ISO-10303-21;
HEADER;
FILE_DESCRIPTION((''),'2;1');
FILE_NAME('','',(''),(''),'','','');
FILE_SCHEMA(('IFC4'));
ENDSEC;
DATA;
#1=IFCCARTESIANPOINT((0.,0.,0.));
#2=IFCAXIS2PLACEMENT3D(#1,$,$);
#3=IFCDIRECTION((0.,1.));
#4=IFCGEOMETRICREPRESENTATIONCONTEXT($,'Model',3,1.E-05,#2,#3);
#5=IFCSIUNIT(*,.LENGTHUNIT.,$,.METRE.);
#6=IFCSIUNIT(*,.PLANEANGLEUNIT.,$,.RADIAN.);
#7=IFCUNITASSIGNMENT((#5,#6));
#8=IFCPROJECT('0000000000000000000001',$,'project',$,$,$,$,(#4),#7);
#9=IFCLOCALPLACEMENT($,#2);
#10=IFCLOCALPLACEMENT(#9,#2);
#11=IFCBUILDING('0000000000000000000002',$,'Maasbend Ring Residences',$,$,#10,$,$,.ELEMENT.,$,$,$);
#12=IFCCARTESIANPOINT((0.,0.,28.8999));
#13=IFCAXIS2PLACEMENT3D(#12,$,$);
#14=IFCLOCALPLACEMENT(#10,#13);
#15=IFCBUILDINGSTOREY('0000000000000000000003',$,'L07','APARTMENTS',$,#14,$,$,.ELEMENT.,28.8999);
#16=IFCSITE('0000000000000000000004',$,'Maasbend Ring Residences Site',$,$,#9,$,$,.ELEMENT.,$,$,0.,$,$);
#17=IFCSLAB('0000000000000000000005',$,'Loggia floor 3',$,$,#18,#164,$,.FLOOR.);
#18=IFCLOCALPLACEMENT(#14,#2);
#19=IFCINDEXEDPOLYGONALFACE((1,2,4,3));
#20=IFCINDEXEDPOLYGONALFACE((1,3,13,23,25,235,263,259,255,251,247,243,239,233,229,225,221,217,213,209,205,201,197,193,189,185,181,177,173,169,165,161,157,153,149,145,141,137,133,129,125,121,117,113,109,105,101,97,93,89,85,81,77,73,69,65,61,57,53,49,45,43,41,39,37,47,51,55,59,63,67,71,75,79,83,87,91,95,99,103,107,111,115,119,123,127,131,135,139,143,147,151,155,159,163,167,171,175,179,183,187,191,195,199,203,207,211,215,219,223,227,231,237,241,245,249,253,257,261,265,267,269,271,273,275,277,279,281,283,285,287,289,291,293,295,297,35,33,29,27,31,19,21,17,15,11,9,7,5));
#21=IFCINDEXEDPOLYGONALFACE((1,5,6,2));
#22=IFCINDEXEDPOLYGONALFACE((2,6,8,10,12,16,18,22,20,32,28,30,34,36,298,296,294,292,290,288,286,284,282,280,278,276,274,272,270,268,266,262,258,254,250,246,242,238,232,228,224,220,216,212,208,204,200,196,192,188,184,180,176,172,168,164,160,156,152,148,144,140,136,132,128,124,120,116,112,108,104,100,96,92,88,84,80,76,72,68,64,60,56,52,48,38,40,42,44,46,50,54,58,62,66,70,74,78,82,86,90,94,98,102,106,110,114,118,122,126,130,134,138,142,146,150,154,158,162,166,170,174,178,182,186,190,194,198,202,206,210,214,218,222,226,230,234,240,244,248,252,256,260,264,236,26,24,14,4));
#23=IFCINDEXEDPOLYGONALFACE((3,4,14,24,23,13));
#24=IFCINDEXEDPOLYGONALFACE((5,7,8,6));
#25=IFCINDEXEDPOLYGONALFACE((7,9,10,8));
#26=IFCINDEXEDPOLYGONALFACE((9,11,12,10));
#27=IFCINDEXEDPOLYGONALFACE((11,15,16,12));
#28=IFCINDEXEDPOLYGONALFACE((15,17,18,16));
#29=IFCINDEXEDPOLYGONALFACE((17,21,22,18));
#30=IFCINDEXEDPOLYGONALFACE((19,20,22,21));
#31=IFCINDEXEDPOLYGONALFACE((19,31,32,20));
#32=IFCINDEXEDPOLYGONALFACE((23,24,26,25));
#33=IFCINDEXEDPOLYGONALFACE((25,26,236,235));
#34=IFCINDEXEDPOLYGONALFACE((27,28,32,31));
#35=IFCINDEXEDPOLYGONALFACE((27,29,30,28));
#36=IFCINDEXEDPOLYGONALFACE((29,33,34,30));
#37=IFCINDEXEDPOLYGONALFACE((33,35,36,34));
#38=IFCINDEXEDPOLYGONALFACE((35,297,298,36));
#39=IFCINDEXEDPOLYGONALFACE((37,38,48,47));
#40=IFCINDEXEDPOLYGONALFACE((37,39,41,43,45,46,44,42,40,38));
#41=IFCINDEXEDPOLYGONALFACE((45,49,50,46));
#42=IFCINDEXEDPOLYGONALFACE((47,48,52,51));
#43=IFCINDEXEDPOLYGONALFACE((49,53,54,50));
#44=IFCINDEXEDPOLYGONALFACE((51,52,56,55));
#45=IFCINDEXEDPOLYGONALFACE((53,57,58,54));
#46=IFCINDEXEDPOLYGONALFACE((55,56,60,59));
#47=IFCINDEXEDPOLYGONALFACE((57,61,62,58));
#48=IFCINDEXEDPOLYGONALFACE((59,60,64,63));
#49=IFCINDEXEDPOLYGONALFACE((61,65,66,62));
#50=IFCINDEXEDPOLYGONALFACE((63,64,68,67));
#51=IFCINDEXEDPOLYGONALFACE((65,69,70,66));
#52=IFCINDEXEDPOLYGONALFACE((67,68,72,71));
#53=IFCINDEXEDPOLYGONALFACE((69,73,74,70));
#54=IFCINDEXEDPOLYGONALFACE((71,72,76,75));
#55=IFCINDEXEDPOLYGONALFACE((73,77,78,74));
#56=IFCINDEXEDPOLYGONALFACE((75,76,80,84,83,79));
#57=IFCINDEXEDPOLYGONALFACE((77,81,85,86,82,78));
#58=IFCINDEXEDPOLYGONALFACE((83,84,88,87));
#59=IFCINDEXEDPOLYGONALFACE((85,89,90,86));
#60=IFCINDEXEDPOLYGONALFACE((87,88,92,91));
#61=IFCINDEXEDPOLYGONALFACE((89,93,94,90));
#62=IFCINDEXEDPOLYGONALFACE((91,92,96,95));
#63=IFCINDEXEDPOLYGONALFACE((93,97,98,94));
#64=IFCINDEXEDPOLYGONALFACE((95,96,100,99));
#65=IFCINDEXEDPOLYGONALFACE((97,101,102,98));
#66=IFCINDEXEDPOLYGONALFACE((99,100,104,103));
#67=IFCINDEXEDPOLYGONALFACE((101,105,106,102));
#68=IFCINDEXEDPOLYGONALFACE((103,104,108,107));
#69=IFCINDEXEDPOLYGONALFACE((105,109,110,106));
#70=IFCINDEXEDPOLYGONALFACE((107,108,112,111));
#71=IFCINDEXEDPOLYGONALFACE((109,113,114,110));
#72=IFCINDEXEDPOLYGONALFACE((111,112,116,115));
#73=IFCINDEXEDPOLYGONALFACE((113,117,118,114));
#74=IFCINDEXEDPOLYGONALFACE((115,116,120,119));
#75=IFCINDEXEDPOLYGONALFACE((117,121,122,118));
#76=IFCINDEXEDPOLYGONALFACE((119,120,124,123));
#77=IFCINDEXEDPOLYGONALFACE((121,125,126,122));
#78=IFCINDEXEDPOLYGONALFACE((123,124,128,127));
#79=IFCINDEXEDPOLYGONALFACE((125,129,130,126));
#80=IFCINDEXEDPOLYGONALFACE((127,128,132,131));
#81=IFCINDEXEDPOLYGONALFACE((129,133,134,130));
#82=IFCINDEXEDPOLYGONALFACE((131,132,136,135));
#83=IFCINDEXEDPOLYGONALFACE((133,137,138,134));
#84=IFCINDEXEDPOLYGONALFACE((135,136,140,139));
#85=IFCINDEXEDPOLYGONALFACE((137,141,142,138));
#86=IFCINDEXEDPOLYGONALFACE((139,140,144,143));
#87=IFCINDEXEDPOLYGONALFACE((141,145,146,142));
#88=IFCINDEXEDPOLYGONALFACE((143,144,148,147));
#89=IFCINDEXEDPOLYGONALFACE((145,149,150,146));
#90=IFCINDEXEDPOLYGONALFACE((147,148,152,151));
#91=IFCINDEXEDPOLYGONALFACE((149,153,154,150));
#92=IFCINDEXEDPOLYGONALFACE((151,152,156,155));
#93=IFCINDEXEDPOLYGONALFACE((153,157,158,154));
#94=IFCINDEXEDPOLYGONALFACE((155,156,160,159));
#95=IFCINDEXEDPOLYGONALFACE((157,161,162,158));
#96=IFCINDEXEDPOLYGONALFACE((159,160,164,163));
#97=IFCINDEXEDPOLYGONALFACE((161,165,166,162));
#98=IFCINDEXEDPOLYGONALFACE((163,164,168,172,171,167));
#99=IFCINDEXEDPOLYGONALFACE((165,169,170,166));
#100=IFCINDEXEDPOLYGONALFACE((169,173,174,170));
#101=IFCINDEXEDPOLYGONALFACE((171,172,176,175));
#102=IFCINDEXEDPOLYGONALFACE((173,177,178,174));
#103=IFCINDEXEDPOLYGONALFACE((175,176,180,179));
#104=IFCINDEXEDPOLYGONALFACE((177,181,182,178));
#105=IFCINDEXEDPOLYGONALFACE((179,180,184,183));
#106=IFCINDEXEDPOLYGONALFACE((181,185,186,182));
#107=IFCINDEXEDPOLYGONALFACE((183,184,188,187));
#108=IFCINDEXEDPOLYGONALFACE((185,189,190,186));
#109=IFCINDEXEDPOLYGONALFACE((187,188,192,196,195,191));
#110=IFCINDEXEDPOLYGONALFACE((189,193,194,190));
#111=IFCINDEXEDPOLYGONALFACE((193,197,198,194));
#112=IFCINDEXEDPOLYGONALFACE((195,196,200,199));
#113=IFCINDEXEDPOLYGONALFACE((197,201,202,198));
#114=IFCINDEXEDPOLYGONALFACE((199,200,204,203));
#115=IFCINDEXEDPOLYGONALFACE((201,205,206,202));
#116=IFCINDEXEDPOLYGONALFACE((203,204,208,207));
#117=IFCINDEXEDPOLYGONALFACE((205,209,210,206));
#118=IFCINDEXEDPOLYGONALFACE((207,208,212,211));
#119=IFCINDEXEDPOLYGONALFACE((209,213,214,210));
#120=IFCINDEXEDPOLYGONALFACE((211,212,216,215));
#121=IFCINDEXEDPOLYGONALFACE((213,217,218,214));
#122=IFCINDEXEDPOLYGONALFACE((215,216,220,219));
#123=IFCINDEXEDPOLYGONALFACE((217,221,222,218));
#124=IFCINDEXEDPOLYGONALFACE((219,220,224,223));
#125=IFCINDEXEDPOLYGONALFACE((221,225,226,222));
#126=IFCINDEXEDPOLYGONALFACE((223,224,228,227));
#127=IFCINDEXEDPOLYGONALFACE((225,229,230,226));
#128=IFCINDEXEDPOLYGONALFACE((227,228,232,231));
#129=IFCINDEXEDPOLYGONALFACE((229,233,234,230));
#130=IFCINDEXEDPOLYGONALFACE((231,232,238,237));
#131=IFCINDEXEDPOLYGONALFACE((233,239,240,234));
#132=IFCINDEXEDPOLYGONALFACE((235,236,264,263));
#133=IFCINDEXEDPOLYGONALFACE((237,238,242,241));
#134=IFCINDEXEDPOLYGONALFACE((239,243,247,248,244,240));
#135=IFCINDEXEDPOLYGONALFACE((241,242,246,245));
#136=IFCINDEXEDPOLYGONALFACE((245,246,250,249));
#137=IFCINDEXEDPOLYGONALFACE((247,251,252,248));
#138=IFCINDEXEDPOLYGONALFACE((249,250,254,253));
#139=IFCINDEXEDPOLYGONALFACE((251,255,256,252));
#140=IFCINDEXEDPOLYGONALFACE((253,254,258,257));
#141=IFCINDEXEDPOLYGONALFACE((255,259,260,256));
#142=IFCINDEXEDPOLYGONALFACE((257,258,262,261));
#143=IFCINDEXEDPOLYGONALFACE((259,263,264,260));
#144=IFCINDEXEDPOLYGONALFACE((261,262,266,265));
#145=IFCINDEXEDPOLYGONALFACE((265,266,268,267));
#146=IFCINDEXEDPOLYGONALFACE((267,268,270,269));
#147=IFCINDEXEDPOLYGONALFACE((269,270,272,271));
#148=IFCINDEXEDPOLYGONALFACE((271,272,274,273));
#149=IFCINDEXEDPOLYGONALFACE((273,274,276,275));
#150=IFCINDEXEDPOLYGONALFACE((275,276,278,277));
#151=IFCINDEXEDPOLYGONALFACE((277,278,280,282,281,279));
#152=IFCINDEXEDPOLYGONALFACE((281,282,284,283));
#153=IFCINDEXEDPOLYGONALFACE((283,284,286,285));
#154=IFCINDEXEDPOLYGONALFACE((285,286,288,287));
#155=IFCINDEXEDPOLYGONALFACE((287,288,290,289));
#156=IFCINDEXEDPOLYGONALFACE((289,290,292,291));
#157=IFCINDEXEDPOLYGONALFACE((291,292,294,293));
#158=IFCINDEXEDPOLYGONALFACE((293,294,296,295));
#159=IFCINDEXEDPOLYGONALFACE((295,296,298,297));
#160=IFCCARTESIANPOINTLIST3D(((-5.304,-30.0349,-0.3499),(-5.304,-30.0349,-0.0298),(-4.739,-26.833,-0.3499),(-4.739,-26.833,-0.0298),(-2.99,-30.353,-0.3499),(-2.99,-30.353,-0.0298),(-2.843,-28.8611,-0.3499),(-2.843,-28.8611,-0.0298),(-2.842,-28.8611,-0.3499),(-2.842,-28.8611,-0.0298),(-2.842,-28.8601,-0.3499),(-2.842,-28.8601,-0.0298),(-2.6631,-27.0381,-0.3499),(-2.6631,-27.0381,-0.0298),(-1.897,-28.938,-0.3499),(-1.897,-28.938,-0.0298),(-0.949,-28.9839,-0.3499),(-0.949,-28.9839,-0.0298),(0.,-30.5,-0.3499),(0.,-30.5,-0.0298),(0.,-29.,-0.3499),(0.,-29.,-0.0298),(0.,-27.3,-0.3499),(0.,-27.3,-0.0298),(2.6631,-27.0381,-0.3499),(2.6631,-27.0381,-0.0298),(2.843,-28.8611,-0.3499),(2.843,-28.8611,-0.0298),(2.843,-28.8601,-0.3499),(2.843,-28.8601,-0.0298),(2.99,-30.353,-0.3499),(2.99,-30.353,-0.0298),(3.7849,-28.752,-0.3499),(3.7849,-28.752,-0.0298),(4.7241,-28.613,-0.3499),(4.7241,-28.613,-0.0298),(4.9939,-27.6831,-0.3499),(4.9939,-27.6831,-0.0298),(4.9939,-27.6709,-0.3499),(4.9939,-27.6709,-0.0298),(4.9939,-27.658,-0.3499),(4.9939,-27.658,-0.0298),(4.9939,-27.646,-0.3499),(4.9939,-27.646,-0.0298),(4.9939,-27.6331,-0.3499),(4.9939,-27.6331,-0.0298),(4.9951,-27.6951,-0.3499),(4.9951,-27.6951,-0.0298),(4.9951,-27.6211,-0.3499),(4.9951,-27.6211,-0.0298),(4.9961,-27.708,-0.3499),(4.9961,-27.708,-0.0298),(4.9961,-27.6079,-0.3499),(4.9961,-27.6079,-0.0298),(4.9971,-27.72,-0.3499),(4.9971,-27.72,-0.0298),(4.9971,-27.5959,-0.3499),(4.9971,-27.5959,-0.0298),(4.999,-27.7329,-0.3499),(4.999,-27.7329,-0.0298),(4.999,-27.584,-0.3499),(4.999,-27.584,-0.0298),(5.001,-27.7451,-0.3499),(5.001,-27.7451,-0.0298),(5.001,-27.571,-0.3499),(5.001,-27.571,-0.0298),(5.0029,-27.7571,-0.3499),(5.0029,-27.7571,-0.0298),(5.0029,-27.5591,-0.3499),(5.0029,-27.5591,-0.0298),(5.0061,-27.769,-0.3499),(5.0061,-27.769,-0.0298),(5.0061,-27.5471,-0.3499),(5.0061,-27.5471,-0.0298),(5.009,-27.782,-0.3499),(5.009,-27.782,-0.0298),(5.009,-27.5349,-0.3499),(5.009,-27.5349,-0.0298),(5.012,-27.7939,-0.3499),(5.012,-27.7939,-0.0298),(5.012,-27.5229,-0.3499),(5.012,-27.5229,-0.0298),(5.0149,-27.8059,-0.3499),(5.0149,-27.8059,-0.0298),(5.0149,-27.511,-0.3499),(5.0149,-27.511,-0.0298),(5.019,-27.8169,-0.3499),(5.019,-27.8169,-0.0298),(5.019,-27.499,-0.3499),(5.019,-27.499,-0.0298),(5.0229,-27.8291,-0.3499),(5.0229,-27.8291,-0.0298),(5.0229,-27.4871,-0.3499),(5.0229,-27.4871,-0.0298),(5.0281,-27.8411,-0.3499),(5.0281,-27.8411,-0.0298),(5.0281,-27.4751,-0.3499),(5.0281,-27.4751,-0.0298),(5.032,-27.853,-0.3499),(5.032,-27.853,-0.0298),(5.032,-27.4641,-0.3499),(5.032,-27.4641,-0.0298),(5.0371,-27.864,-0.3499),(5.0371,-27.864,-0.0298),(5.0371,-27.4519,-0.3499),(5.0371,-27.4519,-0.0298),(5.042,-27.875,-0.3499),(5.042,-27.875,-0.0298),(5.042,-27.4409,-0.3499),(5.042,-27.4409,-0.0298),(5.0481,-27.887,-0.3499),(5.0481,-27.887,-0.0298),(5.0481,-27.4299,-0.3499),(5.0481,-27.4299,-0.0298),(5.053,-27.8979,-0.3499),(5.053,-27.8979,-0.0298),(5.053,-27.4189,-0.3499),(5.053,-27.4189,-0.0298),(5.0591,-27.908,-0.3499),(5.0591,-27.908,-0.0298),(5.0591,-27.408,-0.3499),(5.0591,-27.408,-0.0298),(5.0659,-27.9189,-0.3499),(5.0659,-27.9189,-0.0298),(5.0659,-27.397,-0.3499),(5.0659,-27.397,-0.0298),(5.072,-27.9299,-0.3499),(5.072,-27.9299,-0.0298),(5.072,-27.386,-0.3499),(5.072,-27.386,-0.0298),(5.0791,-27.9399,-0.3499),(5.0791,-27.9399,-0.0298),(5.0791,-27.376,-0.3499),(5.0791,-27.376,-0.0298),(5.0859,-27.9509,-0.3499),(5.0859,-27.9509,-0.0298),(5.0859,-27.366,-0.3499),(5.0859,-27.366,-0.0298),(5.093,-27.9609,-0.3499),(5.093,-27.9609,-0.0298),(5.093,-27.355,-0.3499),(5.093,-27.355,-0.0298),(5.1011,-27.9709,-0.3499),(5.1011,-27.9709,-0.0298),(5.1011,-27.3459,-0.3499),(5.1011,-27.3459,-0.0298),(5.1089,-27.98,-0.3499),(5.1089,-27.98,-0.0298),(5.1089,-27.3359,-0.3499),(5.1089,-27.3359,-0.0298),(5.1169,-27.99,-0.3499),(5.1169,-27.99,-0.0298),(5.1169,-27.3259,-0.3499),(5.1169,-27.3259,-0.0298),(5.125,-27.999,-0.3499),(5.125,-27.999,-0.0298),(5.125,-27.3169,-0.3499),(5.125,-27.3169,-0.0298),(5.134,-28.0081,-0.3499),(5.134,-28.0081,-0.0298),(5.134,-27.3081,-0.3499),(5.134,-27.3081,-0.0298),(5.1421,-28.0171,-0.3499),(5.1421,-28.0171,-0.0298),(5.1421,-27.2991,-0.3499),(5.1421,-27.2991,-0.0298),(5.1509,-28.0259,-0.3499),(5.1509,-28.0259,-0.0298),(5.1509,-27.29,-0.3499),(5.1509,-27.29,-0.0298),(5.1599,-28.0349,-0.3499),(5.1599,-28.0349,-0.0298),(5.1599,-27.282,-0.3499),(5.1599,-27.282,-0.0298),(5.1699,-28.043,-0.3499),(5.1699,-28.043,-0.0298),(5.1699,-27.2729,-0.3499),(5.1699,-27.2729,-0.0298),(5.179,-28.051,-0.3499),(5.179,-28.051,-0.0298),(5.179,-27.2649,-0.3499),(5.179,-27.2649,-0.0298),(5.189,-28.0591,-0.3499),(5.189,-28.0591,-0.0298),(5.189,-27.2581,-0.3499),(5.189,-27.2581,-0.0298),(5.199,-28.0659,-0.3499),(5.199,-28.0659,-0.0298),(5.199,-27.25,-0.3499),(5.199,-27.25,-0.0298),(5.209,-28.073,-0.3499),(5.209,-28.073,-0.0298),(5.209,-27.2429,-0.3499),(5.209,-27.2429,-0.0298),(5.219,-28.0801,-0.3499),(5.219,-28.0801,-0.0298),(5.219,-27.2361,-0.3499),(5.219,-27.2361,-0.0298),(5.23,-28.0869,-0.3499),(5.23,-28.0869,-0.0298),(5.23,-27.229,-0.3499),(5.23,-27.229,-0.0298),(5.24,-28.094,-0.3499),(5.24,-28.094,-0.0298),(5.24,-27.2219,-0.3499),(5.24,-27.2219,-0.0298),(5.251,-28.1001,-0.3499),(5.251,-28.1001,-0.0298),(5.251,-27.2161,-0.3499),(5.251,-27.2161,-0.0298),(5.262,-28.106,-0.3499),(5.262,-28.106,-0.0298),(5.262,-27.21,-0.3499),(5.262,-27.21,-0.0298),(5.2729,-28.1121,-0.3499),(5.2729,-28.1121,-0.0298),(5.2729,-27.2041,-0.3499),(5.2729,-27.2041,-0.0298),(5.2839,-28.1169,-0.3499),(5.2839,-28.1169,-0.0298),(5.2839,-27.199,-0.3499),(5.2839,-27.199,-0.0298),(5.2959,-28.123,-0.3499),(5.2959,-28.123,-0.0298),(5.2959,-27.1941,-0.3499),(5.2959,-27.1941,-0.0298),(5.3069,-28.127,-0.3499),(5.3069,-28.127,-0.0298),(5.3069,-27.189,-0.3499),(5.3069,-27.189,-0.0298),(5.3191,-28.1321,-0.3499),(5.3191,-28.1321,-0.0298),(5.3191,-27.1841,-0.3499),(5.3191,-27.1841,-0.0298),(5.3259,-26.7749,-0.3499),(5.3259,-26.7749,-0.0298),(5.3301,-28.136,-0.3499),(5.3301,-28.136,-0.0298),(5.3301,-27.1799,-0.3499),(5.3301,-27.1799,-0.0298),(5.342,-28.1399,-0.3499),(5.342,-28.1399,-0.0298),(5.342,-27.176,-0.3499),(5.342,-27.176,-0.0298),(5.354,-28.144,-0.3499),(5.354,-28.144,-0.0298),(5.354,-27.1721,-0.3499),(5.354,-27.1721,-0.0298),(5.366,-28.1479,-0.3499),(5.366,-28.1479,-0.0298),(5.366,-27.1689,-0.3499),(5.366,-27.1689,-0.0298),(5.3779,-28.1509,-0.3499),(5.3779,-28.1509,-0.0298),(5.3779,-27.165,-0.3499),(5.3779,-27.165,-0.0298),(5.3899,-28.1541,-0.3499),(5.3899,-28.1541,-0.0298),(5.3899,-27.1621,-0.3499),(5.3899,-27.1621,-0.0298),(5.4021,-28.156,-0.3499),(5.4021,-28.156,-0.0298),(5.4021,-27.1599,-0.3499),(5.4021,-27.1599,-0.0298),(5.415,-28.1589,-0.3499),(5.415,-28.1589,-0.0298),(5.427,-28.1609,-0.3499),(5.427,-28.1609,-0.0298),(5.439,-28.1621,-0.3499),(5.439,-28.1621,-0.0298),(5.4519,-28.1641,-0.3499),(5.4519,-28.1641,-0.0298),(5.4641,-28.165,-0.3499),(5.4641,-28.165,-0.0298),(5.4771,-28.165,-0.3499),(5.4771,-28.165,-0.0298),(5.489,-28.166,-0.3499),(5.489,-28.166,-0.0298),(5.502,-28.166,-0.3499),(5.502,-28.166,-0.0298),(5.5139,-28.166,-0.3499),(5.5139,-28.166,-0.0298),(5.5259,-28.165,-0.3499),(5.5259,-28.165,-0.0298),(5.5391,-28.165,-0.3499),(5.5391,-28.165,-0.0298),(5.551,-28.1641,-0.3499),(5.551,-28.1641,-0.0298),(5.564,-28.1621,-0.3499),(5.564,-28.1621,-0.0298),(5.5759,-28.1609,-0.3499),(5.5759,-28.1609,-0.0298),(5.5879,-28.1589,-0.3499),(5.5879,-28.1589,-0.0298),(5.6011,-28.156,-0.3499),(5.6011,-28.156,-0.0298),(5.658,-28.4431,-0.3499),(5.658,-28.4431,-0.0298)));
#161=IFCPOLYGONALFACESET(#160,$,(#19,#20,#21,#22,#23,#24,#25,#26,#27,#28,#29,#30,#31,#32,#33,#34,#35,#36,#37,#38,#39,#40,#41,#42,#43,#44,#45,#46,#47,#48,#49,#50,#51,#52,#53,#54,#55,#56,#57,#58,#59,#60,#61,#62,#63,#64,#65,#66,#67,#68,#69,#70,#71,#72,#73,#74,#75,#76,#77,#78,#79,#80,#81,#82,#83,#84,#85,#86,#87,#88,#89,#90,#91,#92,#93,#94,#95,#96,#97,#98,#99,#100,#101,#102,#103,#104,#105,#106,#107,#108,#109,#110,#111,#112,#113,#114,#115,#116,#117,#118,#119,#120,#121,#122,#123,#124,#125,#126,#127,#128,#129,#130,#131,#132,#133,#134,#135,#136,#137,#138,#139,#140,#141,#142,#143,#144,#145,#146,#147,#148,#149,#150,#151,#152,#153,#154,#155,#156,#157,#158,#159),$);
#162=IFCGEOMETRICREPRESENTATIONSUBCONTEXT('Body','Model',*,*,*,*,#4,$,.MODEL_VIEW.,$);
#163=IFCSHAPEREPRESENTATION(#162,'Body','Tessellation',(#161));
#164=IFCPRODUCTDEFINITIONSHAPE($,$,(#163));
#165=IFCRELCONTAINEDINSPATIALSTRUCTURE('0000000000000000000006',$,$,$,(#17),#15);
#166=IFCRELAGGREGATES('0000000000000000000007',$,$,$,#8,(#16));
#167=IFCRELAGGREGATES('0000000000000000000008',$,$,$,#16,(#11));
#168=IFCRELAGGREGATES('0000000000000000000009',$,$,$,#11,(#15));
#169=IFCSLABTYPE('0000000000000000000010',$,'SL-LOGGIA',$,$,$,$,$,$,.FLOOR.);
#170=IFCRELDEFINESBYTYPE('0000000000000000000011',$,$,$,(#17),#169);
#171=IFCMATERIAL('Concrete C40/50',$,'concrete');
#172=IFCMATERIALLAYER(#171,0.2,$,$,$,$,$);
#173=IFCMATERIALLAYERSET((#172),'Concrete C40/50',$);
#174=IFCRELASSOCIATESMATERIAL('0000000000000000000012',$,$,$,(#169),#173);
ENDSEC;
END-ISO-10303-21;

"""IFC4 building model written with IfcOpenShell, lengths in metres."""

from ifc_helpers import new_model, si_unit, direction, frame, origin, place, context, subcontext, project, spatial, polyline, outline, extrude, material, layer, layer_set, type_object, element, save


model = new_model("IFC4")

# Units and contexts
model_context = context("Model", 3, precision=1e-05, world=origin(), true_north=direction((0.0, 1.0)))
body_context = subcontext(model_context, "Body", "Model", "MODEL_VIEW")
ifc_project = project(units=[si_unit("LENGTHUNIT", "METRE"), si_unit("PLANEANGLEUNIT", "RADIAN")], contexts=[model_context])

# Site, building, storey
site_placement = place(None, origin())
site = spatial("IfcSite", under=ifc_project, at=site_placement, Name="Maasbend Ring Residences Site", CompositionType="ELEMENT", RefElevation=0.0)
building_placement = place(site_placement, origin())
building = spatial("IfcBuilding", under=site, at=building_placement, Name="Maasbend Ring Residences", CompositionType="ELEMENT")
storey_placement = place(building_placement, frame((0.0, 0.0, 28.8999)))
storey = spatial("IfcBuildingStorey", under=building, at=storey_placement, Name="L07", Description="APARTMENTS", CompositionType="ELEMENT", Elevation=28.8999)

# Slab
ifc_material_1 = material(Name="Concrete C40/50", Category="concrete")
ifc_layer_1 = layer(ifc_material_1, 0.2)
ifc_layer_set_1 = layer_set([ifc_layer_1], Name="Concrete C40/50")
slab_type = type_object("IfcSlabType", Name="SL-LOGGIA", PredefinedType="FLOOR", material=ifc_layer_set_1)
slab_1_placement = place(storey_placement, frame((0.0, 0.0, -0.3499)))
element("IfcSlab", 1, at=slab_1_placement, inside=storey, type_object=slab_type, Name="Loggia floor 3", PredefinedType="FLOOR", context=body_context, shape_type="SweptSolid", body=[
    extrude(outline(polyline([(-2.6631, -27.0381), (0.0, -27.3), (0.0, -27.3), (0.0, -27.3), (2.6631, -27.0381), (5.3259, -26.7749), (5.3259, -26.7749), (5.3259, -26.7749), (5.4021, -27.1599), (5.4021, -27.1599), (5.3899, -27.1621), (5.3779, -27.165), (5.366, -27.1689), (5.354, -27.1721), (5.342, -27.176), (5.3301, -27.1799), (5.3191, -27.1841), (5.3069, -27.189), (5.2959, -27.1941), (5.2839, -27.199), (5.2729, -27.2041), (5.262, -27.21), (5.251, -27.2161), (5.24, -27.2219), (5.23, -27.229), (5.219, -27.2361), (5.209, -27.2429), (5.199, -27.25), (5.189, -27.2581), (5.179, -27.2649), (5.1699, -27.2729), (5.1599, -27.282), (5.1509, -27.29), (5.1421, -27.2991), (5.134, -27.3081), (5.125, -27.3169), (5.1169, -27.3259), (5.1089, -27.3359), (5.1011, -27.3459), (5.093, -27.355), (5.0859, -27.366), (5.0791, -27.376), (5.072, -27.386), (5.0659, -27.397), (5.0591, -27.408), (5.053, -27.4189), (5.0481, -27.4299), (5.042, -27.4409), (5.0371, -27.4519), (5.032, -27.4641), (5.0281, -27.4751), (5.0229, -27.4871), (5.019, -27.499), (5.0149, -27.511), (5.012, -27.5229), (5.009, -27.5349), (5.0061, -27.5471), (5.0029, -27.5591), (5.001, -27.571), (4.999, -27.584), (4.9971, -27.5959), (4.9961, -27.6079), (4.9951, -27.6211), (4.9939, -27.6331), (4.9939, -27.646), (4.9939, -27.658), (4.9939, -27.6709), (4.9939, -27.6831), (4.9951, -27.6951), (4.9961, -27.708), (4.9971, -27.72), (4.999, -27.7329), (5.001, -27.7451), (5.0029, -27.7571), (5.0061, -27.769), (5.009, -27.782), (5.012, -27.7939), (5.0149, -27.8059), (5.019, -27.8169), (5.0229, -27.8291), (5.0281, -27.8411), (5.032, -27.853), (5.0371, -27.864), (5.042, -27.875), (5.0481, -27.887), (5.053, -27.8979), (5.0591, -27.908), (5.0659, -27.9189), (5.072, -27.9299), (5.0791, -27.9399), (5.0859, -27.9509), (5.093, -27.9609), (5.1011, -27.9709), (5.1089, -27.98), (5.1169, -27.99), (5.125, -27.999), (5.134, -28.0081), (5.1421, -28.0171), (5.1509, -28.0259), (5.1599, -28.0349), (5.1699, -28.043), (5.179, -28.051), (5.189, -28.0591), (5.199, -28.0659), (5.209, -28.073), (5.219, -28.0801), (5.23, -28.0869), (5.24, -28.094), (5.251, -28.1001), (5.262, -28.106), (5.2729, -28.1121), (5.2839, -28.1169), (5.2959, -28.123), (5.3069, -28.127), (5.3191, -28.1321), (5.3301, -28.136), (5.342, -28.1399), (5.354, -28.144), (5.366, -28.1479), (5.3779, -28.1509), (5.3899, -28.1541), (5.4021, -28.156), (5.415, -28.1589), (5.427, -28.1609), (5.439, -28.1621), (5.4519, -28.1641), (5.4641, -28.165), (5.4771, -28.165), (5.489, -28.166), (5.502, -28.166), (5.5139, -28.166), (5.5259, -28.165), (5.5391, -28.165), (5.551, -28.1641), (5.564, -28.1621), (5.5759, -28.1609), (5.5879, -28.1589), (5.6011, -28.156), (5.6011, -28.156), (5.658, -28.4431), (5.658, -28.4431), (5.658, -28.4431), (4.7241, -28.613), (4.7241, -28.613), (3.7849, -28.752), (3.7849, -28.752), (2.843, -28.8601), (2.843, -28.8601), (2.843, -28.8601), (2.843, -28.8601), (2.843, -28.8601), (2.843, -28.8601), (2.843, -28.8601), (2.843, -28.8601), (2.843, -28.8601), (2.843, -28.8611), (2.843, -28.8611), (2.843, -28.8611), (2.843, -28.8611), (2.843, -28.8611), (2.843, -28.8611), (2.843, -28.8611), (2.843, -28.8611), (2.99, -30.353), (2.99, -30.353), (2.99, -30.353), (0.0, -30.5), (0.0, -30.5), (0.0, -30.5), (0.0, -29.0), (0.0, -29.0), (0.0, -29.0), (0.0, -29.0), (0.0, -29.0), (0.0, -29.0), (0.0, -29.0), (0.0, -29.0), (0.0, -29.0), (0.0, -29.0), (0.0, -29.0), (0.0, -29.0), (0.0, -29.0), (0.0, -29.0), (0.0, -29.0), (0.0, -29.0), (0.0, -29.0), (-0.949, -28.9839), (-0.949, -28.9839), (-1.897, -28.938), (-1.897, -28.938), (-2.842, -28.8601), (-2.842, -28.8601), (-2.842, -28.8601), (-2.842, -28.8601), (-2.842, -28.8601), (-2.842, -28.8601), (-2.842, -28.8601), (-2.842, -28.8601), (-2.842, -28.8611), (-2.842, -28.8611), (-2.842, -28.8611), (-2.842, -28.8611), (-2.842, -28.8611), (-2.843, -28.8611), (-2.843, -28.8611), (-2.843, -28.8611), (-2.843, -28.8611), (-2.99, -30.353), (-2.99, -30.353), (-2.99, -30.353), (-5.304, -30.0349), (-5.304, -30.0349), (-5.304, -30.0349), (-4.739, -26.833), (-4.739, -26.833), (-4.739, -26.833), (-2.6631, -27.0381)])), origin(), (0.0, 0.0, 1.0), 0.3201),
])

save(model, "model.ifc")
